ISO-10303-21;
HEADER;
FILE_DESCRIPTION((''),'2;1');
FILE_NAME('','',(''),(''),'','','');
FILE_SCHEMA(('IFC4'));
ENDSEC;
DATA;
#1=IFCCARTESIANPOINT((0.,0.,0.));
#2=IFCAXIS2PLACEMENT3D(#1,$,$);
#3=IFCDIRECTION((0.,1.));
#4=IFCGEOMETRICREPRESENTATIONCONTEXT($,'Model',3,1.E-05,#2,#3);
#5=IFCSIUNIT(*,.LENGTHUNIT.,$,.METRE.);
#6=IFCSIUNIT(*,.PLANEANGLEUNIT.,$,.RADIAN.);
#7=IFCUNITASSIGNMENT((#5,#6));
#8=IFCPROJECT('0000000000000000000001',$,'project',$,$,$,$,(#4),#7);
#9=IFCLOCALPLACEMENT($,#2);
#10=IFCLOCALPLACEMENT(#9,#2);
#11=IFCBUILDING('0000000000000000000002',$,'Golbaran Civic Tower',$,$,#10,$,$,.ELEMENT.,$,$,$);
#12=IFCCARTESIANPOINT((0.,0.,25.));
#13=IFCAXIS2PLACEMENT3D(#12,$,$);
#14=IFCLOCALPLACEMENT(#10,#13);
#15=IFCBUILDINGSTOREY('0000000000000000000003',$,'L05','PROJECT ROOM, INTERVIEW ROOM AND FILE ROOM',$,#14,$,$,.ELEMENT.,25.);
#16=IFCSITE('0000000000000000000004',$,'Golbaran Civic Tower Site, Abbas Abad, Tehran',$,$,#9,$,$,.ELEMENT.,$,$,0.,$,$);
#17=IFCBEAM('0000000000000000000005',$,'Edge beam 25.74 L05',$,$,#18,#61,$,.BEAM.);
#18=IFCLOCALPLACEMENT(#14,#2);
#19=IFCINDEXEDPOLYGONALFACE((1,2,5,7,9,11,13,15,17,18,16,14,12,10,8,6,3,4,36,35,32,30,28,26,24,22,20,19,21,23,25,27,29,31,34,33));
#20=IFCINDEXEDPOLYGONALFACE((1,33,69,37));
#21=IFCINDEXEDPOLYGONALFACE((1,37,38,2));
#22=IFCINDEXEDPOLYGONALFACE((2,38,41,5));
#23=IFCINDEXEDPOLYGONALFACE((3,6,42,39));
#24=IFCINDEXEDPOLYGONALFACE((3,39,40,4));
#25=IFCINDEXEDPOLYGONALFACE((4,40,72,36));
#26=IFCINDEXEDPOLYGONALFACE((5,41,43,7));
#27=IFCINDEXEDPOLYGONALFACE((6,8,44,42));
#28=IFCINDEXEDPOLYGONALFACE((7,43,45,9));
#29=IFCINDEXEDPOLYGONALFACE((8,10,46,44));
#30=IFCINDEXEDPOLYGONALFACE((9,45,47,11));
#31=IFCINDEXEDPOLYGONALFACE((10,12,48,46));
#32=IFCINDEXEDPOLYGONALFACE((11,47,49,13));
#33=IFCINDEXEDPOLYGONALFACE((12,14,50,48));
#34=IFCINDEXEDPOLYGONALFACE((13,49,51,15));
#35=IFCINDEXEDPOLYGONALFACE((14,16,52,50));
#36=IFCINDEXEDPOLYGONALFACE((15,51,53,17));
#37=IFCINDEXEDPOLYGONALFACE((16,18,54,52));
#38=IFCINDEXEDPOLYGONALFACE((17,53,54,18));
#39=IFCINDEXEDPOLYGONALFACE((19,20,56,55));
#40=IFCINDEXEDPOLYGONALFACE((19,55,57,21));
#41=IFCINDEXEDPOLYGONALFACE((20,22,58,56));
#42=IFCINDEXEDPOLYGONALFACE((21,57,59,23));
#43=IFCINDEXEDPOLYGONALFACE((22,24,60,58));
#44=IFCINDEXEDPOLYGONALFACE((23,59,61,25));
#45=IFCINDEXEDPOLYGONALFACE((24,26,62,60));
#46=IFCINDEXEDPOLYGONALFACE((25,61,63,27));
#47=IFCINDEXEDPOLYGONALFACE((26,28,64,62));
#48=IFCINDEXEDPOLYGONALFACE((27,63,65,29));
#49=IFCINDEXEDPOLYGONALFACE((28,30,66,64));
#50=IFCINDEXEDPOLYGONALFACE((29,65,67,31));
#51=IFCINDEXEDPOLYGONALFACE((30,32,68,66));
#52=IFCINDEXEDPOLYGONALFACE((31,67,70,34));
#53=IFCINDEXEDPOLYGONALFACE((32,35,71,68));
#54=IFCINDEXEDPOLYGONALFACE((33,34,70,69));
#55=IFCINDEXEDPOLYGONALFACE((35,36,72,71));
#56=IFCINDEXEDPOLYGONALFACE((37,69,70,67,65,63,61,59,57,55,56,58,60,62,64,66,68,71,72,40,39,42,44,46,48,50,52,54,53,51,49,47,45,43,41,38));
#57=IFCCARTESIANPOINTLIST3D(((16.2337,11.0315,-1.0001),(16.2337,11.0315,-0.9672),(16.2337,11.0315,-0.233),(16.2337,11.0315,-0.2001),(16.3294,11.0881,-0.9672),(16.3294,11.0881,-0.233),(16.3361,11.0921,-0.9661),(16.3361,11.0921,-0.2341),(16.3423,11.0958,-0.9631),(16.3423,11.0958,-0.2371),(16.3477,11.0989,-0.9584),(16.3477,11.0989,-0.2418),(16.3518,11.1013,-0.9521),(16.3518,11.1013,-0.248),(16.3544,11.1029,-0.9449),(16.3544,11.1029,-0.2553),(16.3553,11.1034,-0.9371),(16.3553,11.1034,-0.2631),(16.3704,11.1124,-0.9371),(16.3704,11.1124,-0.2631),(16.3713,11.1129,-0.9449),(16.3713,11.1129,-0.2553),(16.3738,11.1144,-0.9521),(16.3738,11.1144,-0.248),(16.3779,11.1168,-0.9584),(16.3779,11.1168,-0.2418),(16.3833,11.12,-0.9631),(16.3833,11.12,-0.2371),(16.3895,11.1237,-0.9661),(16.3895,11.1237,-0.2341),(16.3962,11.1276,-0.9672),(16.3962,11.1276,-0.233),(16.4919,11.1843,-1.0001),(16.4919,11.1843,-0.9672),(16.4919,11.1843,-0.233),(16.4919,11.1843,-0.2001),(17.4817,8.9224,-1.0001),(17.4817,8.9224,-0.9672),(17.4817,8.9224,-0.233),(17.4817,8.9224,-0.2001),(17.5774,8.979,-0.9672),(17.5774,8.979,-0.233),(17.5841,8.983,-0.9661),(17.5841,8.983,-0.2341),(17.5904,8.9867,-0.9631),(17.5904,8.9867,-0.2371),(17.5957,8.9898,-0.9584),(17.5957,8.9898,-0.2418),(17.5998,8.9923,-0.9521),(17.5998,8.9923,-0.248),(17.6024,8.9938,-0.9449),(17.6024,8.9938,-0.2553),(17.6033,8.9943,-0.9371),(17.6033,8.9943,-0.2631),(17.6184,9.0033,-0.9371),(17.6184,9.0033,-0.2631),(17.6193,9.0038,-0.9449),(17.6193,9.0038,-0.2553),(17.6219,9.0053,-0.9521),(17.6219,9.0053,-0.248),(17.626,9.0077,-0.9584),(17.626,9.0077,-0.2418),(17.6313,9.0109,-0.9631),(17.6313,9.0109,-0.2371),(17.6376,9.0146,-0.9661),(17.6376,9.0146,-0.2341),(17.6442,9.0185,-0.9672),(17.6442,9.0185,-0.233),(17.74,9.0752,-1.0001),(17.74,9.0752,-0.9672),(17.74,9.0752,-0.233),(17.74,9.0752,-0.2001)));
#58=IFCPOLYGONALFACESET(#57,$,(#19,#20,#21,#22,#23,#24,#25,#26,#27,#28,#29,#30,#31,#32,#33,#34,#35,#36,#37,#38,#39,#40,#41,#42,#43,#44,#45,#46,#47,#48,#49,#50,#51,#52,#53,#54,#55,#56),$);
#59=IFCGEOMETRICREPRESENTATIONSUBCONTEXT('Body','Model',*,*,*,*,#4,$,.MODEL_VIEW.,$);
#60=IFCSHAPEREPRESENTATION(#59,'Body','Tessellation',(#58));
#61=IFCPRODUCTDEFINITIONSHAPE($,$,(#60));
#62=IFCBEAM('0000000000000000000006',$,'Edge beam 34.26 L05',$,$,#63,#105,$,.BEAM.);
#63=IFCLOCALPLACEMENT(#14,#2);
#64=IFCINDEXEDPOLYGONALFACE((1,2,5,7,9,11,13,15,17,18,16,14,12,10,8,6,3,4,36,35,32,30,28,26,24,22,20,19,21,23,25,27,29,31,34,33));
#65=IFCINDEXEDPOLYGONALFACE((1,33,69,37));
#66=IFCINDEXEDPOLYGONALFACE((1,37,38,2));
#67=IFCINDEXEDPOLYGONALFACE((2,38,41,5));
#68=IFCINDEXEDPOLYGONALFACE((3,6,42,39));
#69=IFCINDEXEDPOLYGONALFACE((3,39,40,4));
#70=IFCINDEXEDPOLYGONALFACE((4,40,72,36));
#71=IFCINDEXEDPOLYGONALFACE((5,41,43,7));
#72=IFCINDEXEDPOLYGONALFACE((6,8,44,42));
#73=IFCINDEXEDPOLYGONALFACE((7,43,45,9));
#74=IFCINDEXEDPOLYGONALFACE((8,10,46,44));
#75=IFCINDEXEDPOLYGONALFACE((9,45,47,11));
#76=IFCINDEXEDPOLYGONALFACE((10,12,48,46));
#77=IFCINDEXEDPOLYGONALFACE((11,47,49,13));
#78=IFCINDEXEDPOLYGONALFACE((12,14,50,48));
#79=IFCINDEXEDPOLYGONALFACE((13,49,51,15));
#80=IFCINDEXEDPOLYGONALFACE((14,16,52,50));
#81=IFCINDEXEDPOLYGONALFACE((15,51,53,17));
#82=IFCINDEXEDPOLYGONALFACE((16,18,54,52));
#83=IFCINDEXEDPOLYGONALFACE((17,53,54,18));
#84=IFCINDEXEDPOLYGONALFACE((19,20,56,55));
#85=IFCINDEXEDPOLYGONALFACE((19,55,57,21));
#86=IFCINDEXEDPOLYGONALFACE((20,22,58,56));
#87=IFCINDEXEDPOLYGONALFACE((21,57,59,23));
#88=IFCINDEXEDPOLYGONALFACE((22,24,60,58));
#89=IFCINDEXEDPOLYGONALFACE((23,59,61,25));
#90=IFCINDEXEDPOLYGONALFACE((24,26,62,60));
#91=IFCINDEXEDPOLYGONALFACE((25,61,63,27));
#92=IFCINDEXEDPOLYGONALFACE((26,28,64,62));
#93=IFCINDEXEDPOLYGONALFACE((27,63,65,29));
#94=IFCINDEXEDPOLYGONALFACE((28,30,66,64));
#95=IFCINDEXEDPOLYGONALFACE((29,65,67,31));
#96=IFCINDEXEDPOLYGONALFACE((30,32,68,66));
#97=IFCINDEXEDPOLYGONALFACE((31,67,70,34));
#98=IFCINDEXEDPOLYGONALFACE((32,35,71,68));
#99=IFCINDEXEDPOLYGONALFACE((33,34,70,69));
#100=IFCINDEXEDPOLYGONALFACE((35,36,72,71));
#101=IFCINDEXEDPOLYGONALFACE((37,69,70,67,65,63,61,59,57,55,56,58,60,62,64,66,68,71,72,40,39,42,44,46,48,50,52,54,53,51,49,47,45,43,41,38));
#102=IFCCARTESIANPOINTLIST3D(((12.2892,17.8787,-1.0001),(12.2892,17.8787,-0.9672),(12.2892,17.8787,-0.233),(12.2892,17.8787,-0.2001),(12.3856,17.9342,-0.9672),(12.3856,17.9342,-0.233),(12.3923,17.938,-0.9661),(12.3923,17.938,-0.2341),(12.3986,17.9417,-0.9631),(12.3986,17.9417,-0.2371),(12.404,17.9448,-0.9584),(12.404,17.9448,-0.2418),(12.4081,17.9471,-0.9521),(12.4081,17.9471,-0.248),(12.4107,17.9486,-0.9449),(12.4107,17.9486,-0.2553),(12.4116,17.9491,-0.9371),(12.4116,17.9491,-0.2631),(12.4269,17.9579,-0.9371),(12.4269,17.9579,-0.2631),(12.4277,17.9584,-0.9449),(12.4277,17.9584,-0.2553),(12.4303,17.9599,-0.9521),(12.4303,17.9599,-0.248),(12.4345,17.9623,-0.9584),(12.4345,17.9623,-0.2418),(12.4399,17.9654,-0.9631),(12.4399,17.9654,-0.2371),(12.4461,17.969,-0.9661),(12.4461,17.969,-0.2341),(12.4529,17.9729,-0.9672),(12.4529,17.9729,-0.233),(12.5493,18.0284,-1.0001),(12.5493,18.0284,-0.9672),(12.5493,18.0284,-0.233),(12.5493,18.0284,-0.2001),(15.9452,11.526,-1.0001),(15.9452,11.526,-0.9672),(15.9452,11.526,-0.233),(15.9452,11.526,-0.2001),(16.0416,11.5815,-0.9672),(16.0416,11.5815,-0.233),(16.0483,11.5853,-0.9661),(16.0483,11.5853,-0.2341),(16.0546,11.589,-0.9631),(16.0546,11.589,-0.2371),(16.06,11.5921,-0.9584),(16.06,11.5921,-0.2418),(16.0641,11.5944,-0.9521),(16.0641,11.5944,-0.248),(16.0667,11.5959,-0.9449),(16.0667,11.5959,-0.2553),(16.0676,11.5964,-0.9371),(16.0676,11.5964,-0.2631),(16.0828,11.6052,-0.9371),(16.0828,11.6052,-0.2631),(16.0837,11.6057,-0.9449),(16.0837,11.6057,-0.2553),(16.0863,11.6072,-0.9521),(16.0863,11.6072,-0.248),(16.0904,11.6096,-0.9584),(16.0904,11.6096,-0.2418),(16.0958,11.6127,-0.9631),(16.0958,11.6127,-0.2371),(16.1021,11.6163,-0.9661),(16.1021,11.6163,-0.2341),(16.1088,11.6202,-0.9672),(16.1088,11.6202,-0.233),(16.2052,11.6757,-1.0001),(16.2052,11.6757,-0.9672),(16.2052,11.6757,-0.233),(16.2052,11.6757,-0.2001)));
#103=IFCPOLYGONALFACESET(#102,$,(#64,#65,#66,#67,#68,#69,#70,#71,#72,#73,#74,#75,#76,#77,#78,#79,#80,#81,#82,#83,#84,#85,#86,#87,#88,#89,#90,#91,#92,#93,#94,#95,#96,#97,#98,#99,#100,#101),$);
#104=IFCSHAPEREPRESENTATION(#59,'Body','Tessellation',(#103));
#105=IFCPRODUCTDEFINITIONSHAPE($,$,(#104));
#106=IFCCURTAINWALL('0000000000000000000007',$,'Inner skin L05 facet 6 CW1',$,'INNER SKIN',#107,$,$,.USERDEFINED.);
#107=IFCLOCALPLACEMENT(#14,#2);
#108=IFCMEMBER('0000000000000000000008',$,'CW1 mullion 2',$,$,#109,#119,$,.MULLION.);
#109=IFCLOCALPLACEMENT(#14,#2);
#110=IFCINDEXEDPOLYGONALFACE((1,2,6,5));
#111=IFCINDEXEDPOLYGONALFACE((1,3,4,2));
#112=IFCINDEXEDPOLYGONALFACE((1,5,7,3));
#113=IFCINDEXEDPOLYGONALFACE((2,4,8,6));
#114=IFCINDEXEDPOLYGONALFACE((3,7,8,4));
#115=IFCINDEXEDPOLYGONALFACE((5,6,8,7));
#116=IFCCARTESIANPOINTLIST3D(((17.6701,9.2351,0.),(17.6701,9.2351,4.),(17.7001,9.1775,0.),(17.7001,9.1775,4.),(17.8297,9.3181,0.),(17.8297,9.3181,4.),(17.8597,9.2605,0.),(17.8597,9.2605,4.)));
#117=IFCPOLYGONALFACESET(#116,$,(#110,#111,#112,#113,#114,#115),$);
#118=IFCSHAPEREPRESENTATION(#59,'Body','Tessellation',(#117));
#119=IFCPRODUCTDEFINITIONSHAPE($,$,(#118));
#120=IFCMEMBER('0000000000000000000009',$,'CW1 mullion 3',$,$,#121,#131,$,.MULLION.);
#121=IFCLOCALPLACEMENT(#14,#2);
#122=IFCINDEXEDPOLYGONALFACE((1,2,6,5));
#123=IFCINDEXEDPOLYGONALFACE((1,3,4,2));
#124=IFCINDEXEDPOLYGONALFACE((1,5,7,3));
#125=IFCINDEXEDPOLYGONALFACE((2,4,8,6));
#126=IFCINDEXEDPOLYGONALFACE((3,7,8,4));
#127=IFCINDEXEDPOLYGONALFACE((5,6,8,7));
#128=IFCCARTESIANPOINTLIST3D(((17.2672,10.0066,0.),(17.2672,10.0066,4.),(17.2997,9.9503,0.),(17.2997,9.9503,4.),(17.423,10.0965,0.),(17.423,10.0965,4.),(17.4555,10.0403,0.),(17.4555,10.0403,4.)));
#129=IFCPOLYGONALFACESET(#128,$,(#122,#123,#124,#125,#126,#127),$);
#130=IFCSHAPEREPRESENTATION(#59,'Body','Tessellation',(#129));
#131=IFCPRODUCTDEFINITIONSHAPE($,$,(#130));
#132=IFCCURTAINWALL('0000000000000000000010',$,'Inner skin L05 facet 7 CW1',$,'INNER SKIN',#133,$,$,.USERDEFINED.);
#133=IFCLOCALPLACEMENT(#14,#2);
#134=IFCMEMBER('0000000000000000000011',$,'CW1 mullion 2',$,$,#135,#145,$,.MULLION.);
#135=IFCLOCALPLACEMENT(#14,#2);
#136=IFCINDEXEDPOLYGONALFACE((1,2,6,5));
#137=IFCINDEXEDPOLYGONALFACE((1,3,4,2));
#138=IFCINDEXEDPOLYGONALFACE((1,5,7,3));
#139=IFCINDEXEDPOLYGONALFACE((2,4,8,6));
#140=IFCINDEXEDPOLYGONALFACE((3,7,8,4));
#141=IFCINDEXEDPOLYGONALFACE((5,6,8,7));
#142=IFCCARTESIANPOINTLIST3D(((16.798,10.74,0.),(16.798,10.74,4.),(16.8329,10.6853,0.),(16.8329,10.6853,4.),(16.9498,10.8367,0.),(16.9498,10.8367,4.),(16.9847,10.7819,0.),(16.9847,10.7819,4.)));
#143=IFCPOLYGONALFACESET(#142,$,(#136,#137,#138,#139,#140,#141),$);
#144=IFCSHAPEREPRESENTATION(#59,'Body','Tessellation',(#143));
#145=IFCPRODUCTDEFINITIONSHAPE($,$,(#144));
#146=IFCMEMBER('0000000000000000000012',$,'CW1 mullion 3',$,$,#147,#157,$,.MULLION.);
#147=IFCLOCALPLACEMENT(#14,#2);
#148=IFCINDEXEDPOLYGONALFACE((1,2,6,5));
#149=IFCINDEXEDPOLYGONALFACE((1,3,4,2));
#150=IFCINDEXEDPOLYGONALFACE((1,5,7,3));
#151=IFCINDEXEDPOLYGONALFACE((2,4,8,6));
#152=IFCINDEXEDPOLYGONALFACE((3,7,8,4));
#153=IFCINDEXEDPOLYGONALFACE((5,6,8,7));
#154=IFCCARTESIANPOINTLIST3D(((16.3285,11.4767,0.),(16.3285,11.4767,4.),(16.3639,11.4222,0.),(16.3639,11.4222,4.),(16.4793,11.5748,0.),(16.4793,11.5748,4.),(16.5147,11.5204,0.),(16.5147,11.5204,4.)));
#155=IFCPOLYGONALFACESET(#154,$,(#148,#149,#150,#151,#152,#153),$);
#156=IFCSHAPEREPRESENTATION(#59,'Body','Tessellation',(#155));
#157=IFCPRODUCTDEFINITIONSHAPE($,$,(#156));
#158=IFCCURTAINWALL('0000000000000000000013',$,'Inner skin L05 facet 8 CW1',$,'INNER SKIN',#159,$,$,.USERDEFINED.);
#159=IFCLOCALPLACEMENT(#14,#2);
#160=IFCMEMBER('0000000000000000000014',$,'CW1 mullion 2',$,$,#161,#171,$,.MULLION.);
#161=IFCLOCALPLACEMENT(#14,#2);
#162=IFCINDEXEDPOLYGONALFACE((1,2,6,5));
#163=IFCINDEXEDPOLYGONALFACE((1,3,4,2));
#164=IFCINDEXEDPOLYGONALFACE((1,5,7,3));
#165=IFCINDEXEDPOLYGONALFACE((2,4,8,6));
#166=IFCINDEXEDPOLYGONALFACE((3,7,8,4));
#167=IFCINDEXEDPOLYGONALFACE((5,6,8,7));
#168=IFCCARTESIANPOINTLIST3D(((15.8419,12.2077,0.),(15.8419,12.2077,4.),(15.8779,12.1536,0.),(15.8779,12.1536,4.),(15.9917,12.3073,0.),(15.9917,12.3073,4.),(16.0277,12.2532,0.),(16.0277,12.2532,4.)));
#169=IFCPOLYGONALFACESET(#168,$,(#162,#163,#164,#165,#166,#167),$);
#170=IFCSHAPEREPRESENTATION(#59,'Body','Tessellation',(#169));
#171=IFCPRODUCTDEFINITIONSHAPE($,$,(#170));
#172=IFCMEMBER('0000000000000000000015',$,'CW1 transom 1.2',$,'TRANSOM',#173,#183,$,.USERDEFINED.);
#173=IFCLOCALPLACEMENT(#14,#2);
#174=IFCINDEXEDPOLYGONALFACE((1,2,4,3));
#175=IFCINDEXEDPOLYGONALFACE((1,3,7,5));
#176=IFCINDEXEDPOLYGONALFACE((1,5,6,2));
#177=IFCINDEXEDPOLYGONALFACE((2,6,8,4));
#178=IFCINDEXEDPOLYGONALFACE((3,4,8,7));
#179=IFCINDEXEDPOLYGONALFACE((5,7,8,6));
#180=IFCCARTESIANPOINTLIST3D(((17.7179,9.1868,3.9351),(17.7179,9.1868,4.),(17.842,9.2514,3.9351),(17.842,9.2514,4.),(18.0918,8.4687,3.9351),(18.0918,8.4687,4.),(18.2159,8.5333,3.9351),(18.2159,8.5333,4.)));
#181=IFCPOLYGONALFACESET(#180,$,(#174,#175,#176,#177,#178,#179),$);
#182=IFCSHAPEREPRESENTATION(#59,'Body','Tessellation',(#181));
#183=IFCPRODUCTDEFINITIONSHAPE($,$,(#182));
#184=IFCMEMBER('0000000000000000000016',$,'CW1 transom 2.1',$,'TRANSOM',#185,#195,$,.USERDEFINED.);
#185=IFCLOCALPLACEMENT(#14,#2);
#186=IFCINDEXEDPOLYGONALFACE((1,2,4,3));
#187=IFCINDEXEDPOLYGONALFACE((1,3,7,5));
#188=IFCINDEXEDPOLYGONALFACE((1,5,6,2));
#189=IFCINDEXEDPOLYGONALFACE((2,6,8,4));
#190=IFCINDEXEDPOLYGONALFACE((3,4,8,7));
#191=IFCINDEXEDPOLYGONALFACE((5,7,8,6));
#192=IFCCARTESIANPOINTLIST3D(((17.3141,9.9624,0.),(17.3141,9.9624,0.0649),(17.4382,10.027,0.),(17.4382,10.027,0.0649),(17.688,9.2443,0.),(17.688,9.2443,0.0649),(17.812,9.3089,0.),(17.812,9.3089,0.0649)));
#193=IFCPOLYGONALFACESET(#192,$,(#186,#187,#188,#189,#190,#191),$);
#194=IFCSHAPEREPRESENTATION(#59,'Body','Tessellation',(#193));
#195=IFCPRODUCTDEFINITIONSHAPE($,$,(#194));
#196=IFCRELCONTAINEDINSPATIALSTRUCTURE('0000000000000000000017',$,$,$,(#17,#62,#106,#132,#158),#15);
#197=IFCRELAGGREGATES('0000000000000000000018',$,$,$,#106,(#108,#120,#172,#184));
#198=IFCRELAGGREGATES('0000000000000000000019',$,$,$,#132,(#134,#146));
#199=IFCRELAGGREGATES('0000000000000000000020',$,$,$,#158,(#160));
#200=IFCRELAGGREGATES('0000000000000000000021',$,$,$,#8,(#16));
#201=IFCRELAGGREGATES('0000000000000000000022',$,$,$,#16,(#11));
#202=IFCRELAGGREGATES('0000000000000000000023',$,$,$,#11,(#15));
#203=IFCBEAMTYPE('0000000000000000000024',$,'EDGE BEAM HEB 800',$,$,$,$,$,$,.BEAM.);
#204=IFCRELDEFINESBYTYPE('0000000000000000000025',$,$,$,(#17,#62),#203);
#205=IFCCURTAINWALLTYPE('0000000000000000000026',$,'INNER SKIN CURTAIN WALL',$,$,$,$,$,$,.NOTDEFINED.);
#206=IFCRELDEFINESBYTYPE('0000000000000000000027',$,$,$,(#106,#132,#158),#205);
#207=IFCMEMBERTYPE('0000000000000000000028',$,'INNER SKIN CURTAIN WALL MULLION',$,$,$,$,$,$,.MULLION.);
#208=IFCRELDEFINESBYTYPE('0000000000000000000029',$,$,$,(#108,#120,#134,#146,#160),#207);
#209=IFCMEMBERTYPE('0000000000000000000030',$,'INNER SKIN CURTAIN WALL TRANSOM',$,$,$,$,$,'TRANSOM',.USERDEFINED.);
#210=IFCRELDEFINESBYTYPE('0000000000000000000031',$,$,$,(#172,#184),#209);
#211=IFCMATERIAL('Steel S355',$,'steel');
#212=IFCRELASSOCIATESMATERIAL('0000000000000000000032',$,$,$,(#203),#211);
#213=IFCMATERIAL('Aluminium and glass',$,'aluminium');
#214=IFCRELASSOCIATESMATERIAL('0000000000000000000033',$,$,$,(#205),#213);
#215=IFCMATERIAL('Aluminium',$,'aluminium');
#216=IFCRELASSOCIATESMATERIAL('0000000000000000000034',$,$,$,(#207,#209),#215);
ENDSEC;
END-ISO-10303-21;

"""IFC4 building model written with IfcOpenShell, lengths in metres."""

from ifc_helpers import new_model, si_unit, direction, frame, origin, origin_2d, place, context, subcontext, project, spatial, rectangle, i_section, extrude, material, material_profile, profile_set, type_object, element, aggregate, save


model = new_model("IFC4")

# Units and contexts
model_context = context("Model", 3, precision=1e-05, world=origin(), true_north=direction((0.0, 1.0)))
body_context = subcontext(model_context, "Body", "Model", "MODEL_VIEW")
ifc_project = project(units=[si_unit("LENGTHUNIT", "METRE"), si_unit("PLANEANGLEUNIT", "RADIAN")], contexts=[model_context])

# Site, building, storey
site_placement = place(None, origin())
site = spatial("IfcSite", under=ifc_project, at=site_placement, Name="Golbaran Civic Tower Site, Abbas Abad, Tehran", CompositionType="ELEMENT", RefElevation=0.0)
building_placement = place(site_placement, origin())
building = spatial("IfcBuilding", under=site, at=building_placement, Name="Golbaran Civic Tower", CompositionType="ELEMENT")
storey_placement = place(building_placement, frame((0.0, 0.0, 25.0)))
storey = spatial("IfcBuildingStorey", under=building, at=storey_placement, Name="L05", Description="PROJECT ROOM, INTERVIEW ROOM AND FILE ROOM", CompositionType="ELEMENT", Elevation=25.0)

# Beams
ifc_material_1 = material(Name="Steel S355", Category="steel")
ifc_material_profile_1 = material_profile(ifc_material_1, i_section(OverallWidth=0.3, OverallDepth=0.8, WebThickness=0.0176, FlangeThickness=0.033, FilletRadius=0.03, at=origin_2d()), Name="HEB 800")
ifc_profile_set_1 = profile_set([ifc_material_profile_1], Name="Steel S355")
beam_type = type_object("IfcBeamType", Name="EDGE BEAM HEB 800", PredefinedType="BEAM", material=ifc_profile_set_1)
beam_1_placement = place(storey_placement, frame((17.6108, 8.9988, -0.6001), z_axis=(-0.509256, 0.860615, 0.0), x_axis=(-0.860615, -0.509256, 0.0)))
element("IfcBeam", 1, at=beam_1_placement, inside=storey, type_object=beam_type, Name="Edge beam 25.74 L05", PredefinedType="BEAM", context=body_context, shape_type="SweptSolid", body=[
    extrude(i_section(OverallWidth=0.3, OverallDepth=0.8, WebThickness=0.0176, FlangeThickness=0.033, FilletRadius=0.03, at=origin_2d()), origin(), (0.0, 0.0, 1.0), 2.4507),
])
beam_2_placement = place(storey_placement, frame((16.0752, 11.6008, -0.6001), z_axis=(-0.498795, 0.86672, 0.0), x_axis=(-0.86672, -0.498795, 0.0)))
element("IfcBeam", 2, at=beam_2_placement, inside=storey, type_object=beam_type, Name="Edge beam 34.26 L05", PredefinedType="BEAM", context=body_context, shape_type="SweptSolid", body=[
    extrude(i_section(OverallWidth=0.3, OverallDepth=0.8, WebThickness=0.0176, FlangeThickness=0.033, FilletRadius=0.03, at=origin_2d()), origin(), (0.0, 0.0, 1.0), 7.3296),
])

# Curtain walls, members
ifc_material_2 = material(Name="Aluminium and glass", Category="aluminium")
curtain_wall_type = type_object("IfcCurtainWallType", Name="INNER SKIN CURTAIN WALL", PredefinedType="NOTDEFINED", material=ifc_material_2)
curtain_wall_1_placement = place(storey_placement, origin())
curtain_wall_1 = element("IfcCurtainWall", 3, at=curtain_wall_1_placement, inside=storey, type_object=curtain_wall_type, Name="Inner skin L05 facet 6 CW1", ObjectType="INNER SKIN", PredefinedType="USERDEFINED")
ifc_material_3 = material(Name="Aluminium", Category="aluminium")
ifc_material_profile_2 = material_profile(ifc_material_3, rectangle(XDim=0.1799, YDim=0.0649, at=origin_2d()), Name="INNER SKIN CURTAIN WALL MULLION")
ifc_profile_set_2 = profile_set([ifc_material_profile_2], Name="Aluminium")
member_type_1 = type_object("IfcMemberType", Name="INNER SKIN CURTAIN WALL MULLION", PredefinedType="MULLION", material=ifc_profile_set_2)
member_1_placement = place(storey_placement, frame((17.7649, 9.2478, 0.0), z_axis=(0.0, 0.0, 1.0), x_axis=(-0.887011, -0.461749, 0.0)))
member_1 = element("IfcMember", 4, at=member_1_placement, type_object=member_type_1, Name="CW1 mullion 2", PredefinedType="MULLION", context=body_context, shape_type="SweptSolid", body=[
    extrude(rectangle(XDim=0.1799, YDim=0.0649, at=origin_2d()), origin(), (0.0, 0.0, 1.0), 4.0),
])
member_2_placement = place(storey_placement, frame((17.3613, 10.0234, 0.0), z_axis=(0.0, 0.0, 1.0), x_axis=(-0.866025, -0.5, 0.0)))
member_2 = element("IfcMember", 5, at=member_2_placement, type_object=member_type_1, Name="CW1 mullion 3", PredefinedType="MULLION", context=body_context, shape_type="SweptSolid", body=[
    extrude(rectangle(XDim=0.1799, YDim=0.0649, at=origin_2d()), origin(), (0.0, 0.0, 1.0), 4.0),
])
curtain_wall_2_placement = place(storey_placement, origin())
curtain_wall_2 = element("IfcCurtainWall", 6, at=curtain_wall_2_placement, inside=storey, type_object=curtain_wall_type, Name="Inner skin L05 facet 7 CW1", ObjectType="INNER SKIN", PredefinedType="USERDEFINED")
member_3_placement = place(storey_placement, frame((16.8914, 10.761, 0.0), z_axis=(0.0, 0.0, 1.0), x_axis=(-0.843391, -0.5373, 0.0)))
member_3 = element("IfcMember", 7, at=member_3_placement, type_object=member_type_1, Name="CW1 mullion 2", PredefinedType="MULLION", context=body_context, shape_type="SweptSolid", body=[
    extrude(rectangle(XDim=0.1799, YDim=0.0649, at=origin_2d()), origin(), (0.0, 0.0, 1.0), 4.0),
])
member_4_placement = place(storey_placement, frame((16.4216, 11.4985, 0.0), z_axis=(0.0, 0.0, 1.0), x_axis=(-0.838088, -0.545536, 0.0)))
member_4 = element("IfcMember", 8, at=member_4_placement, type_object=member_type_1, Name="CW1 mullion 3", PredefinedType="MULLION", context=body_context, shape_type="SweptSolid", body=[
    extrude(rectangle(XDim=0.1799, YDim=0.0649, at=origin_2d()), origin(), (0.0, 0.0, 1.0), 4.0),
])

# Curtain wall, member
curtain_wall_3_placement = place(storey_placement, origin())
curtain_wall_3 = element("IfcCurtainWall", 9, at=curtain_wall_3_placement, inside=storey, type_object=curtain_wall_type, Name="Inner skin L05 facet 8 CW1", ObjectType="INNER SKIN", PredefinedType="USERDEFINED")
member_5_placement = place(storey_placement, frame((15.9348, 12.2305, 0.0), z_axis=(0.0, 0.0, 1.0), x_axis=(-0.832703, -0.553719, 0.0)))
member_5 = element("IfcMember", 10, at=member_5_placement, type_object=member_type_1, Name="CW1 mullion 2", PredefinedType="MULLION", context=body_context, shape_type="SweptSolid", body=[
    extrude(rectangle(XDim=0.1799, YDim=0.0649, at=origin_2d()), origin(), (0.0, 0.0, 1.0), 4.0),
])

# Members
ifc_material_profile_3 = material_profile(ifc_material_3, rectangle(XDim=0.1399, YDim=0.0649, at=origin_2d()), Name="INNER SKIN CURTAIN WALL TRANSOM")
ifc_profile_set_3 = profile_set([ifc_material_profile_3], Name="Aluminium")
member_type_2 = type_object("IfcMemberType", Name="INNER SKIN CURTAIN WALL TRANSOM", ElementType="TRANSOM", PredefinedType="USERDEFINED", material=ifc_profile_set_3)
member_6_placement = place(storey_placement, frame((18.1538, 8.501, 3.9675), z_axis=(-0.461752, 0.887009, 0.0), x_axis=(-0.887009, -0.461752, 0.0)))
member_6 = element("IfcMember", 11, at=member_6_placement, type_object=member_type_2, Name="CW1 transom 1.2", ObjectType="TRANSOM", PredefinedType="USERDEFINED", context=body_context, shape_type="SweptSolid", body=[
    extrude(rectangle(XDim=0.1399, YDim=0.0649, at=origin_2d()), origin(), (0.0, 0.0, 1.0), 0.8096),
])
member_7_placement = place(storey_placement, frame((17.75, 9.2766, 0.0325), z_axis=(-0.461752, 0.887009, 0.0), x_axis=(-0.887009, -0.461752, 0.0)))
member_7 = element("IfcMember", 12, at=member_7_placement, type_object=member_type_2, Name="CW1 transom 2.1", ObjectType="TRANSOM", PredefinedType="USERDEFINED", context=body_context, shape_type="SweptSolid", body=[
    extrude(rectangle(XDim=0.1399, YDim=0.0649, at=origin_2d()), origin(), (0.0, 0.0, 1.0), 0.8096),
])

aggregate(curtain_wall_1, [member_1, member_2, member_6, member_7])
aggregate(curtain_wall_2, [member_3, member_4])
aggregate(curtain_wall_3, [member_5])

save(model, "model.ifc")
